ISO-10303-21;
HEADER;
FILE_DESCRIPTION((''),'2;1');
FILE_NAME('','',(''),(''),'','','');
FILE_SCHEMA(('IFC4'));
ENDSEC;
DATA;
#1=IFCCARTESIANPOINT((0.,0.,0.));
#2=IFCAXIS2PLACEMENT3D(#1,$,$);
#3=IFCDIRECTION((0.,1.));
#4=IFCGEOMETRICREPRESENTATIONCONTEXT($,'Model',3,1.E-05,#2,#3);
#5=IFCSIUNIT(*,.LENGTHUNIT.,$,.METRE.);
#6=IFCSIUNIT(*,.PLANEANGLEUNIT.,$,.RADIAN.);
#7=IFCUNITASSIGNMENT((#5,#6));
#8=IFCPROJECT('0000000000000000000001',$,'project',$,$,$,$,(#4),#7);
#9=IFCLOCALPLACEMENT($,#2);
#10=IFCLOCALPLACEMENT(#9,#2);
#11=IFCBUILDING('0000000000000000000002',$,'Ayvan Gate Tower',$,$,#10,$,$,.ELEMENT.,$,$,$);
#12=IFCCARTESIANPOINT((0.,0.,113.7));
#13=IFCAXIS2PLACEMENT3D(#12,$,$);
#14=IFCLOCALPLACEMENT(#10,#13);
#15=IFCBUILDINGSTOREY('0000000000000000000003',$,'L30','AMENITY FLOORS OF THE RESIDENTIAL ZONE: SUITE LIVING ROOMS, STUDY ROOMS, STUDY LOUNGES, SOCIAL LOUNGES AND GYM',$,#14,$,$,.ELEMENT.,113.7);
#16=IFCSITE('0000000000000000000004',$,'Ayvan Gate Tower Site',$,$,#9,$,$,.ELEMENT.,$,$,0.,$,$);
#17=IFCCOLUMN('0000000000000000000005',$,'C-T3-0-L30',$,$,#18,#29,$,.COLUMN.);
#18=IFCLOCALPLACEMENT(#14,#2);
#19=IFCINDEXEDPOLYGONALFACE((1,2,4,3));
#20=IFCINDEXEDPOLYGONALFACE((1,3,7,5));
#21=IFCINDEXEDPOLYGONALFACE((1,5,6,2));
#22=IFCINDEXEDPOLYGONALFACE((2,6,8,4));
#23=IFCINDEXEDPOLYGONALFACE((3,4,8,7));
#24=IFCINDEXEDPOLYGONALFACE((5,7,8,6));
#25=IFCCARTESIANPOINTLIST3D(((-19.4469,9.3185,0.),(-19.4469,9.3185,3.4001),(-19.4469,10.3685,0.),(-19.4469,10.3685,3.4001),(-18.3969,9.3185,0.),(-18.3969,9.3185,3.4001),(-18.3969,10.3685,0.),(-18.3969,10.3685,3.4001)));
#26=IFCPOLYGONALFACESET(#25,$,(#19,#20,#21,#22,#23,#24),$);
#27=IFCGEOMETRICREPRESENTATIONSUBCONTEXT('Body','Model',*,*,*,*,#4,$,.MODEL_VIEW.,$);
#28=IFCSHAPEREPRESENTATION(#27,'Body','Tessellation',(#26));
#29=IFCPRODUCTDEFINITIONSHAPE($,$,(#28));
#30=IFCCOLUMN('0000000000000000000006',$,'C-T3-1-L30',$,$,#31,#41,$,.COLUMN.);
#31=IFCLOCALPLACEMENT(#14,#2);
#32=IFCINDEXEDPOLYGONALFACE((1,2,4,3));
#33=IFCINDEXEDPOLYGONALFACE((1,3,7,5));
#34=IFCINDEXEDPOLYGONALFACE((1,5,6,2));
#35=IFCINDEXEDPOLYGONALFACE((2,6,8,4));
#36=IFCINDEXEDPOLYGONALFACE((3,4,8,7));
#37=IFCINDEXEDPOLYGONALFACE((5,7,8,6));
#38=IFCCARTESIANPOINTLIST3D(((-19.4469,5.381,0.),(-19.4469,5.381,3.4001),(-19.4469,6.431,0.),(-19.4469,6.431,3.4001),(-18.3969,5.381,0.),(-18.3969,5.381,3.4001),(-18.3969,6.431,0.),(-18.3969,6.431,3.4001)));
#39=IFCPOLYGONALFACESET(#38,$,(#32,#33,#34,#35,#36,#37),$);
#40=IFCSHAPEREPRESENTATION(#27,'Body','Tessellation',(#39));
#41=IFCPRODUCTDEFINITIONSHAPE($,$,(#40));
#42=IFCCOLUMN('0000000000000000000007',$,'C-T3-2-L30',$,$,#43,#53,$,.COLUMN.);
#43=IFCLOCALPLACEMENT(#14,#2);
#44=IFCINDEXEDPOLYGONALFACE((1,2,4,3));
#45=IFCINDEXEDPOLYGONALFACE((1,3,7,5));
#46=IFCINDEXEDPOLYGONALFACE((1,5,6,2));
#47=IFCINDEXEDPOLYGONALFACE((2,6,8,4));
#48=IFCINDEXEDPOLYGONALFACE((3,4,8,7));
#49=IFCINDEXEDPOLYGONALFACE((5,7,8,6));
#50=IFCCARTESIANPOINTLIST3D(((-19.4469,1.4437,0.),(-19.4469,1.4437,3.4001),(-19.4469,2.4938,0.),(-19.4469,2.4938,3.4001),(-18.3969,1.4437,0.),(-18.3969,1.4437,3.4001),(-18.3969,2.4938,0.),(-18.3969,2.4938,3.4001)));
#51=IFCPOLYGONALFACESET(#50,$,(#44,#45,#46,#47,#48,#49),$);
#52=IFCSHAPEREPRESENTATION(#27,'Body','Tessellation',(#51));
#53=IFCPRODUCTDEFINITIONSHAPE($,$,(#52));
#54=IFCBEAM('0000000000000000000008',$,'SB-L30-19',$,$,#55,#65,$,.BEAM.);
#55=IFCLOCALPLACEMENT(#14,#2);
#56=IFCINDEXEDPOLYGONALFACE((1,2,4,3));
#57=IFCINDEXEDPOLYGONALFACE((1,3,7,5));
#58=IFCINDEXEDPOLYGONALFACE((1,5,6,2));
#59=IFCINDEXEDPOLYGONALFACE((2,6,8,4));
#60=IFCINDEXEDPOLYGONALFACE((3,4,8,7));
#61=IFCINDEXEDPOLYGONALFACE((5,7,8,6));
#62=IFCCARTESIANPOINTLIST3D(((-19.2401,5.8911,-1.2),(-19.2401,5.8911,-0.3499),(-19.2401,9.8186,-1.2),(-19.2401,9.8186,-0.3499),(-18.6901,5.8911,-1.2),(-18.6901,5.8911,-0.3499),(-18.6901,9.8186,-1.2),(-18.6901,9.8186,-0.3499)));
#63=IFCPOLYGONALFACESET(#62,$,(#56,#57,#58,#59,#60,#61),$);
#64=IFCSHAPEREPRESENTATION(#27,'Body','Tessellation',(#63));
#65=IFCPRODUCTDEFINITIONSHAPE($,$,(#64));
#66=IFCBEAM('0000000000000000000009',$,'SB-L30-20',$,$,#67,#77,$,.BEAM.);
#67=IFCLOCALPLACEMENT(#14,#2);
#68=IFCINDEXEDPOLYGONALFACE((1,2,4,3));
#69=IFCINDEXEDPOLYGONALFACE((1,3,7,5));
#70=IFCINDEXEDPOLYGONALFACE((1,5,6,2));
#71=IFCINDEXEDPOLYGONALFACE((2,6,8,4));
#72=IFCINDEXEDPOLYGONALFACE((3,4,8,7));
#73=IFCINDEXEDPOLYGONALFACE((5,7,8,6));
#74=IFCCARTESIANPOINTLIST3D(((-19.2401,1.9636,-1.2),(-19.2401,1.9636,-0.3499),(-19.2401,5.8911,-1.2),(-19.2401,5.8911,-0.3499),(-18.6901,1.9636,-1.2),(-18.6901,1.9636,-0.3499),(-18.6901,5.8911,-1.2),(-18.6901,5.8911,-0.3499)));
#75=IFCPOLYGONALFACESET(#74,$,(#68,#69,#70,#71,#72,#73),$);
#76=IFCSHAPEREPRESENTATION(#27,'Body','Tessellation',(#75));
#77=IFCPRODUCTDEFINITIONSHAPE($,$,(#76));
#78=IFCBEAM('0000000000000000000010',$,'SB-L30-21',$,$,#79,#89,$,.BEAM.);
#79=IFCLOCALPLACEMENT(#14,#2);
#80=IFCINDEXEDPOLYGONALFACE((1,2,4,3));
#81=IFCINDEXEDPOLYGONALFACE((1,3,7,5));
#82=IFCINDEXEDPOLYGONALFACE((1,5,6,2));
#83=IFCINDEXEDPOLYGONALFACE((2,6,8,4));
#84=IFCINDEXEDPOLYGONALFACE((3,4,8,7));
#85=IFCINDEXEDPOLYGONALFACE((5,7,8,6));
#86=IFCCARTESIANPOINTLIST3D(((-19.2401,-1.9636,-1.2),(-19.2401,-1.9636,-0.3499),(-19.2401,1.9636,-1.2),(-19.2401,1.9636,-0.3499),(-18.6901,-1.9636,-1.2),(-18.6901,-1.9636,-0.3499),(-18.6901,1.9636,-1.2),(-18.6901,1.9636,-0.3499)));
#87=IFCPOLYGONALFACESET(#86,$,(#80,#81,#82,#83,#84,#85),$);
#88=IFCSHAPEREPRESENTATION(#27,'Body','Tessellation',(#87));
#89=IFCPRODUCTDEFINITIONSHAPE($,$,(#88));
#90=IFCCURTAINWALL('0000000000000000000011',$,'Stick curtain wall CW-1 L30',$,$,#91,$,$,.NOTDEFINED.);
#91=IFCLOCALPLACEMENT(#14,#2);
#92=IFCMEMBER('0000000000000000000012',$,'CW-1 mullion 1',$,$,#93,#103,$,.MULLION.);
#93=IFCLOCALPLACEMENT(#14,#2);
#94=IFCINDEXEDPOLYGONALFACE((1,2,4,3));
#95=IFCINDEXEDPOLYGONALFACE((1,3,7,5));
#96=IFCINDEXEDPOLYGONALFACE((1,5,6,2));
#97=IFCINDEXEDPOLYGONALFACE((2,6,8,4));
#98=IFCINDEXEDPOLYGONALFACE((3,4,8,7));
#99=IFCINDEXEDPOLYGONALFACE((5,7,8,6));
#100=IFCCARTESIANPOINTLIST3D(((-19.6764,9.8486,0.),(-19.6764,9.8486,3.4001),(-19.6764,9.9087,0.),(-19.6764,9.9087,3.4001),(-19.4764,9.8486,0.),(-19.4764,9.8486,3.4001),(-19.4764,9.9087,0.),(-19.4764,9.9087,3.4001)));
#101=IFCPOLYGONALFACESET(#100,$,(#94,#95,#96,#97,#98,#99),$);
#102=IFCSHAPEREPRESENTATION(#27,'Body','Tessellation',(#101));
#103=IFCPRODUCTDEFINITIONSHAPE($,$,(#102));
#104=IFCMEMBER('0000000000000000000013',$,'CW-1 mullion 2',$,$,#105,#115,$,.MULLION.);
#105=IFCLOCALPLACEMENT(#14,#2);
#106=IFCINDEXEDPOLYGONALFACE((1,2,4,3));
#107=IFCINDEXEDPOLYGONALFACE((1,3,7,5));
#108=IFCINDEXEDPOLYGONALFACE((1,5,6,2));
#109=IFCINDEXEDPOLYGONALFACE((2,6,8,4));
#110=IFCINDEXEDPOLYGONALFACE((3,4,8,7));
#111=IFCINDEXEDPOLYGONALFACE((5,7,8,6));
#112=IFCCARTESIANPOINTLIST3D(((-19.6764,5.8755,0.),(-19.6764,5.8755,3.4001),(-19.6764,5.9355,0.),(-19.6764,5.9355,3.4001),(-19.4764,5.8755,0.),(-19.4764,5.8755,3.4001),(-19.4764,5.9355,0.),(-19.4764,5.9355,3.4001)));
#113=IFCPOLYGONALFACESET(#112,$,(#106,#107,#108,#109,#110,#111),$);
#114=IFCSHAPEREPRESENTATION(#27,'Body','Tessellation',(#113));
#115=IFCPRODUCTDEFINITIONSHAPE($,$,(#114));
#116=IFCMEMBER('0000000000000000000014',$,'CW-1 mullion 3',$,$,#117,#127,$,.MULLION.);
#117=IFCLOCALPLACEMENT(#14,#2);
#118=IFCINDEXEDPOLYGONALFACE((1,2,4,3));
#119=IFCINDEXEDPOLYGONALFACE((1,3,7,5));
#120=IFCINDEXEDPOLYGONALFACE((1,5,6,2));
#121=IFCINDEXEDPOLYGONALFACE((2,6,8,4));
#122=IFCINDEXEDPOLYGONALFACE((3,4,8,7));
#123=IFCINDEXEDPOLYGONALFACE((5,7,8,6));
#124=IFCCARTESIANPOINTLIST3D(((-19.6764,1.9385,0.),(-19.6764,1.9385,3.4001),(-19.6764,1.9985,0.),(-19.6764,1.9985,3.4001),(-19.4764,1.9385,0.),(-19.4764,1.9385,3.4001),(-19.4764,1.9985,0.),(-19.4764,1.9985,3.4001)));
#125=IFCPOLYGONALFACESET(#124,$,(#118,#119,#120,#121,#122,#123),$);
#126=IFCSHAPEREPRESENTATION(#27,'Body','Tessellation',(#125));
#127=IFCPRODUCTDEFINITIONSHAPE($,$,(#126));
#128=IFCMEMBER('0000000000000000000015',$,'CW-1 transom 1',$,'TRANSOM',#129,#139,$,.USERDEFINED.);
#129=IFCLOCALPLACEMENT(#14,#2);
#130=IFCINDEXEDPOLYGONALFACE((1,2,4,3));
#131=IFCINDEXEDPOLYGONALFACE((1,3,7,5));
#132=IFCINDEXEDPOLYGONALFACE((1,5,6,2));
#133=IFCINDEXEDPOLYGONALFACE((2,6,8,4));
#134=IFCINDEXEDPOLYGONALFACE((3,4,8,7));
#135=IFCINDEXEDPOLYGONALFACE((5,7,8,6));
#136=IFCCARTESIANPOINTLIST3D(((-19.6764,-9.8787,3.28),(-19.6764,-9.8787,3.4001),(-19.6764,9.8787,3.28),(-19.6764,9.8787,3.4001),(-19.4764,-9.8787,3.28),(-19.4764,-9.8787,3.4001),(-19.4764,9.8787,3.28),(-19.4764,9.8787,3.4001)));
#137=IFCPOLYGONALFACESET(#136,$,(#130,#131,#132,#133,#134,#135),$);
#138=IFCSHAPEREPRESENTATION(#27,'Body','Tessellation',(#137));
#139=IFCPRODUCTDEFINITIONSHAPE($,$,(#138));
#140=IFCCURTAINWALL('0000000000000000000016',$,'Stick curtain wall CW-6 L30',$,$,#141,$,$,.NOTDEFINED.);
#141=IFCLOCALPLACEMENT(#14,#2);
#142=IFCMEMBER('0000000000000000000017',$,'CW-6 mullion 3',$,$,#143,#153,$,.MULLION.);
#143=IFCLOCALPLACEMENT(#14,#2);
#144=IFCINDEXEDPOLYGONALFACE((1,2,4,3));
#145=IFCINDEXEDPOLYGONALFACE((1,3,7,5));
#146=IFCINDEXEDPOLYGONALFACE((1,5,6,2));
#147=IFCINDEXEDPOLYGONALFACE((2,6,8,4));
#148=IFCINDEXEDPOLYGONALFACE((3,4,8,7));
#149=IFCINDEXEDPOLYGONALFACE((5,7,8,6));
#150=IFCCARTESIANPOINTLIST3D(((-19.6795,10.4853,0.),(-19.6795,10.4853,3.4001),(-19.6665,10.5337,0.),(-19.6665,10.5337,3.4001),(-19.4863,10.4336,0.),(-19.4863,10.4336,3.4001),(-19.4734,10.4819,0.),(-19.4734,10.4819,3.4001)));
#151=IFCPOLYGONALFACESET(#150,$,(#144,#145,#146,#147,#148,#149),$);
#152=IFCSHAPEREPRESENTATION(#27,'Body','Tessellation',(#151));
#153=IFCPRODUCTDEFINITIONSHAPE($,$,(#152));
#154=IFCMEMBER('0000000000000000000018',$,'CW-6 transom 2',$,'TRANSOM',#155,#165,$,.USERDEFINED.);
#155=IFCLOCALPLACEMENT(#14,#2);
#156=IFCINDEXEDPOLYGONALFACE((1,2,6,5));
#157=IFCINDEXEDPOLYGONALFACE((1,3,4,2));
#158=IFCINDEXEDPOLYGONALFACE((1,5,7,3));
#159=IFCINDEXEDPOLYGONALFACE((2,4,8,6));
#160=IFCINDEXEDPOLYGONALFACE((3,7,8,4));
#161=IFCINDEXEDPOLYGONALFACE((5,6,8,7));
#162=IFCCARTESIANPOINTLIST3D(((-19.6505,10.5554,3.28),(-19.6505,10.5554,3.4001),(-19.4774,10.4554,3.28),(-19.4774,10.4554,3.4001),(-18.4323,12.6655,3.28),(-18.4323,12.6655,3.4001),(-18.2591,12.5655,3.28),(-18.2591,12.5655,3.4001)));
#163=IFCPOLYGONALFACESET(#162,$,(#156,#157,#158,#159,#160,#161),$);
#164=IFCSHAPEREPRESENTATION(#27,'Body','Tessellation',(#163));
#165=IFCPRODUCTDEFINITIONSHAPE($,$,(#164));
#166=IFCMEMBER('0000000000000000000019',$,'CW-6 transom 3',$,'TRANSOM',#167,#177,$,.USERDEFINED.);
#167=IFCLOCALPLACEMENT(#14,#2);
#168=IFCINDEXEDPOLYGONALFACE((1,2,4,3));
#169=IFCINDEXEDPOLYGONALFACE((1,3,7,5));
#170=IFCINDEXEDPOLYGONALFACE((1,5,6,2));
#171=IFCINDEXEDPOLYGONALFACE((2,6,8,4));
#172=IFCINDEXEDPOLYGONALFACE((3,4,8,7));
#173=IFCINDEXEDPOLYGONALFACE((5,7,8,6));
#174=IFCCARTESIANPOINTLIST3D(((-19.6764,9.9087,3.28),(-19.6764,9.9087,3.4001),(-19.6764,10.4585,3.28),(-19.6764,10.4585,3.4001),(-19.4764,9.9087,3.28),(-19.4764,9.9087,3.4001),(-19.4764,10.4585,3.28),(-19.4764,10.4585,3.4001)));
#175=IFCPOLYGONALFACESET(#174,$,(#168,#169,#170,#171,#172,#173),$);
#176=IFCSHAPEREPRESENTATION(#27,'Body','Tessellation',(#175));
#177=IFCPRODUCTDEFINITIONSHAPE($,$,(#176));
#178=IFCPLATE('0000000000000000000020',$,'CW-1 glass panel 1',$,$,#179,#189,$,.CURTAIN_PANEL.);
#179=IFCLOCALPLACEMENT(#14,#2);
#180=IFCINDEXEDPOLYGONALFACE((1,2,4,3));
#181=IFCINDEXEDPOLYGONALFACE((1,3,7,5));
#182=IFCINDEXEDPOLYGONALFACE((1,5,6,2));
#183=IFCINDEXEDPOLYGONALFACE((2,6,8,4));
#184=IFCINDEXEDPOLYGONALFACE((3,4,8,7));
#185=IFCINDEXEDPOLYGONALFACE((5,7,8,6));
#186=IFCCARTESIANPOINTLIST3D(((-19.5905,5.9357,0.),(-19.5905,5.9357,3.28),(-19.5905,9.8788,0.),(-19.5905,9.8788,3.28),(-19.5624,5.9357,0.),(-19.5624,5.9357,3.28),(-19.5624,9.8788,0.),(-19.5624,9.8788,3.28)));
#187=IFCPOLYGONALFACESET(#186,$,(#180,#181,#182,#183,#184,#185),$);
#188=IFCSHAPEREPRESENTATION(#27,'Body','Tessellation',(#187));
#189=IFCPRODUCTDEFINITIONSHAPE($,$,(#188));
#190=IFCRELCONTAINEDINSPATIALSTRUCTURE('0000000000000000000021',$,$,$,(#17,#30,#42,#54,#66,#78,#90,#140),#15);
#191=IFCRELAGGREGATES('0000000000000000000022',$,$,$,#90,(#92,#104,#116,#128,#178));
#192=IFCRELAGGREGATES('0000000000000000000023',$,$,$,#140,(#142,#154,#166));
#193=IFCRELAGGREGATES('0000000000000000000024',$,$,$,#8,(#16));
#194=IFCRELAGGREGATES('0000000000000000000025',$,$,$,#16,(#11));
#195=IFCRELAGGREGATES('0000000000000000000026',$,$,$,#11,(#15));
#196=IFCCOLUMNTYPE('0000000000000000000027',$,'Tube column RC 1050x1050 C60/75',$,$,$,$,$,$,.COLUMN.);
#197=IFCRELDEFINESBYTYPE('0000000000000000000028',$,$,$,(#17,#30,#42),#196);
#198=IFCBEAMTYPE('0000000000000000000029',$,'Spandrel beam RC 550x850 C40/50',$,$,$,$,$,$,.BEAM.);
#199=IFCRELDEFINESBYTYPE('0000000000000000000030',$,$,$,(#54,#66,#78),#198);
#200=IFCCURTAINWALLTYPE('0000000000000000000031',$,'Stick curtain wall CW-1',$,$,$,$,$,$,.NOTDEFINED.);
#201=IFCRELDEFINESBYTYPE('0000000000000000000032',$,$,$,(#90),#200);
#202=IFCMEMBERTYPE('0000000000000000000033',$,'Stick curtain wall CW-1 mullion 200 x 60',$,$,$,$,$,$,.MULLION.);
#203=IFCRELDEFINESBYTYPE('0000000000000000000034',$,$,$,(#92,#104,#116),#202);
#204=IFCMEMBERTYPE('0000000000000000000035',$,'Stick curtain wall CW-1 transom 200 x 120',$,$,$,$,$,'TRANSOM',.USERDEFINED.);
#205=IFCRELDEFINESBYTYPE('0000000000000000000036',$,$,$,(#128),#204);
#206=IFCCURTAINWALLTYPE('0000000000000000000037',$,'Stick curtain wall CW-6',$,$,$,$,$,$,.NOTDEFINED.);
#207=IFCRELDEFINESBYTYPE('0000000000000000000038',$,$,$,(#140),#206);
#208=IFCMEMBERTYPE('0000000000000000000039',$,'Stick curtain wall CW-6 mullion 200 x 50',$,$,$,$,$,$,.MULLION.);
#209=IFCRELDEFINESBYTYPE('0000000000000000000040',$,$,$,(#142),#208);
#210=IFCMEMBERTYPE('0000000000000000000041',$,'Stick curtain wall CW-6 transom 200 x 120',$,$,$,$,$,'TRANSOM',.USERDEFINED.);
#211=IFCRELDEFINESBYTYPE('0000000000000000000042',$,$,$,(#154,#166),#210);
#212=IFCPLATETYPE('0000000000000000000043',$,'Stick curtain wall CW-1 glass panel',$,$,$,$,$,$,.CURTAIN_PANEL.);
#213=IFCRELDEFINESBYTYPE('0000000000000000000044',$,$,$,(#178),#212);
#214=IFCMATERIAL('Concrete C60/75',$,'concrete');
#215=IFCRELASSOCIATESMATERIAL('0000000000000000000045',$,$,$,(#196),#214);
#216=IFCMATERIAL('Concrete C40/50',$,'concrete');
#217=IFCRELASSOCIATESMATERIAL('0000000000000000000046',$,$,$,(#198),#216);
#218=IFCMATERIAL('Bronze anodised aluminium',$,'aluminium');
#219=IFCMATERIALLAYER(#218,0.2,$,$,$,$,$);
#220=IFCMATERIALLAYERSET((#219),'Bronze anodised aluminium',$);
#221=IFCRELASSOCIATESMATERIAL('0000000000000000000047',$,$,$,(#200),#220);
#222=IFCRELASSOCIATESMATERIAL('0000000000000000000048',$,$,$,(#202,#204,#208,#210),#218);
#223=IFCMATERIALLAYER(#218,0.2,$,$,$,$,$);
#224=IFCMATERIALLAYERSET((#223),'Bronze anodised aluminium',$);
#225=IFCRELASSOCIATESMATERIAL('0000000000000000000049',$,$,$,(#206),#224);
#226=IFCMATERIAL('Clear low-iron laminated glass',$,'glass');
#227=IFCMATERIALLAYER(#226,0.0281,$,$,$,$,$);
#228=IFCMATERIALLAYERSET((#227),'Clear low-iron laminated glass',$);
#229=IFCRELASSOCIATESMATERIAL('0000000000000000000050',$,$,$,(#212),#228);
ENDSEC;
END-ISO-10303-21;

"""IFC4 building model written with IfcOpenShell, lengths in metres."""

from ifc_helpers import new_model, si_unit, direction, frame, origin, origin_2d, place, context, subcontext, project, spatial, rectangle, extrude, material, layer, layer_set, material_profile, profile_set, type_object, element, aggregate, save


model = new_model("IFC4")

# Units and contexts
model_context = context("Model", 3, precision=1e-05, world=origin(), true_north=direction((0.0, 1.0)))
body_context = subcontext(model_context, "Body", "Model", "MODEL_VIEW")
ifc_project = project(units=[si_unit("LENGTHUNIT", "METRE"), si_unit("PLANEANGLEUNIT", "RADIAN")], contexts=[model_context])

# Site, building, storey
site_placement = place(None, origin())
site = spatial("IfcSite", under=ifc_project, at=site_placement, Name="Ayvan Gate Tower Site", CompositionType="ELEMENT", RefElevation=0.0)
building_placement = place(site_placement, origin())
building = spatial("IfcBuilding", under=site, at=building_placement, Name="Ayvan Gate Tower", CompositionType="ELEMENT")
storey_placement = place(building_placement, frame((0.0, 0.0, 113.7)))
storey = spatial("IfcBuildingStorey", under=building, at=storey_placement, Name="L30", Description="AMENITY FLOORS OF THE RESIDENTIAL ZONE: SUITE LIVING ROOMS, STUDY ROOMS, STUDY LOUNGES, SOCIAL LOUNGES AND GYM", CompositionType="ELEMENT", Elevation=113.7)

# Columns
ifc_material_1 = material(Name="Concrete C60/75", Category="concrete")
ifc_material_profile_1 = material_profile(ifc_material_1, rectangle(XDim=1.05, YDim=1.05, at=origin_2d()), Name="RC 1050x1050")
ifc_profile_set_1 = profile_set([ifc_material_profile_1], Name="Concrete C60/75")
column_type = type_object("IfcColumnType", Name="Tube column RC 1050x1050 C60/75", PredefinedType="COLUMN", material=ifc_profile_set_1)
for number, where, z_axis, x_axis, name in (
    (1, (-18.9219, 9.8435, 0.0), (0.0, 0.0, 1.0), (-1.0, 0.0, 0.0), "C-T3-0-L30"),
    (2, (-18.9219, 5.906, 0.0), (0.0, 0.0, 1.0), (-1.0, 0.0, 0.0), "C-T3-1-L30"),
    (3, (-18.9219, 1.9688, 0.0), (0.0, 0.0, 1.0), (-1.0, 0.0, 0.0), "C-T3-2-L30"),
):
    element("IfcColumn", number, at=place(storey_placement, frame(where, z_axis=z_axis, x_axis=x_axis)), inside=storey, type_object=column_type, Name=name, PredefinedType="COLUMN", context=body_context, shape_type="SweptSolid", body=[
        extrude(rectangle(XDim=1.05, YDim=1.05, at=origin_2d()), origin(), (0.0, 0.0, 1.0), 3.4001),
    ])

# Beams
ifc_material_2 = material(Name="Concrete C40/50", Category="concrete")
ifc_material_profile_2 = material_profile(ifc_material_2, rectangle(XDim=0.55, YDim=0.8501, at=origin_2d()), Name="RC 550x850")
ifc_profile_set_2 = profile_set([ifc_material_profile_2], Name="Concrete C40/50")
beam_type = type_object("IfcBeamType", Name="Spandrel beam RC 550x850 C40/50", PredefinedType="BEAM", material=ifc_profile_set_2)
for number, where, z_axis, x_axis, name in (
    (4, (-18.9651, 9.8186, -0.7749), (0.0, -1.0, 0.0), (1.0, 0.0, 0.0), "SB-L30-19"),
    (5, (-18.9651, 5.8911, -0.7749), (0.0, -1.0, 0.0), (1.0, 0.0, 0.0), "SB-L30-20"),
):
    element("IfcBeam", number, at=place(storey_placement, frame(where, z_axis=z_axis, x_axis=x_axis)), inside=storey, type_object=beam_type, Name=name, PredefinedType="BEAM", context=body_context, shape_type="SweptSolid", body=[
        extrude(rectangle(XDim=0.55, YDim=0.8501, at=origin_2d()), origin(), (0.0, 0.0, 1.0), 3.9275),
    ])
beam_placement = place(storey_placement, frame((-18.9651, 1.9636, -0.7749), z_axis=(0.0, -1.0, 0.0), x_axis=(1.0, 0.0, 0.0)))
element("IfcBeam", 6, at=beam_placement, inside=storey, type_object=beam_type, Name="SB-L30-21", PredefinedType="BEAM", context=body_context, shape_type="SweptSolid", body=[
    extrude(rectangle(XDim=0.55, YDim=0.8501, at=origin_2d()), origin(), (0.0, 0.0, 1.0), 3.9272),
])

# Curtain walls, members
ifc_material_3 = material(Name="Bronze anodised aluminium", Category="aluminium")
ifc_layer_1 = layer(ifc_material_3, 0.2)
ifc_layer_set_1 = layer_set([ifc_layer_1], Name="Bronze anodised aluminium")
curtain_wall_type_1 = type_object("IfcCurtainWallType", Name="Stick curtain wall CW-1", PredefinedType="NOTDEFINED", material=ifc_layer_set_1)
curtain_wall_1_placement = place(storey_placement, origin())
curtain_wall_1 = element("IfcCurtainWall", 7, at=curtain_wall_1_placement, inside=storey, type_object=curtain_wall_type_1, Name="Stick curtain wall CW-1 L30", PredefinedType="NOTDEFINED")
ifc_material_profile_3 = material_profile(ifc_material_3, rectangle(XDim=0.2, YDim=0.0601, at=origin_2d()), Name="Stick curtain wall CW-1 mullion 200 x 60")
ifc_profile_set_3 = profile_set([ifc_material_profile_3], Name="Bronze anodised aluminium")
member_type_1 = type_object("IfcMemberType", Name="Stick curtain wall CW-1 mullion 200 x 60", PredefinedType="MULLION", material=ifc_profile_set_3)
member_1_placement = place(storey_placement, frame((-19.5764, 9.8787, 0.0), z_axis=(0.0, 0.0, 1.0), x_axis=(-1.0, 0.0, 0.0)))
member_1 = element("IfcMember", 8, at=member_1_placement, type_object=member_type_1, Name="CW-1 mullion 1", PredefinedType="MULLION", context=body_context, shape_type="SweptSolid", body=[
    extrude(rectangle(XDim=0.2, YDim=0.0601, at=origin_2d()), origin(), (0.0, 0.0, 1.0), 3.4001),
])
member_2_placement = place(storey_placement, frame((-19.5764, 5.9055, 0.0), z_axis=(0.0, 0.0, 1.0), x_axis=(-1.0, 0.0, 0.0)))
member_2 = element("IfcMember", 9, at=member_2_placement, type_object=member_type_1, Name="CW-1 mullion 2", PredefinedType="MULLION", context=body_context, shape_type="SweptSolid", body=[
    extrude(rectangle(XDim=0.2, YDim=0.0601, at=origin_2d()), origin(), (0.0, 0.0, 1.0), 3.4001),
])
member_3_placement = place(storey_placement, frame((-19.5764, 1.9685, 0.0), z_axis=(0.0, 0.0, 1.0), x_axis=(-1.0, 0.0, 0.0)))
member_3 = element("IfcMember", 10, at=member_3_placement, type_object=member_type_1, Name="CW-1 mullion 3", PredefinedType="MULLION", context=body_context, shape_type="SweptSolid", body=[
    extrude(rectangle(XDim=0.2, YDim=0.0601, at=origin_2d()), origin(), (0.0, 0.0, 1.0), 3.4001),
])
ifc_material_profile_4 = material_profile(ifc_material_3, rectangle(XDim=0.2, YDim=0.1201, at=origin_2d()), Name="Stick curtain wall CW-1 transom 200 x 120")
ifc_profile_set_4 = profile_set([ifc_material_profile_4], Name="Bronze anodised aluminium")
member_type_2 = type_object("IfcMemberType", Name="Stick curtain wall CW-1 transom 200 x 120", ElementType="TRANSOM", PredefinedType="USERDEFINED", material=ifc_profile_set_4)
member_4_placement = place(storey_placement, frame((-19.5764, 9.8787, 3.3401), z_axis=(0.0, -1.0, 0.0), x_axis=(1.0, 0.0, 0.0)))
member_4 = element("IfcMember", 11, at=member_4_placement, type_object=member_type_2, Name="CW-1 transom 1", ObjectType="TRANSOM", PredefinedType="USERDEFINED", context=body_context, shape_type="SweptSolid", body=[
    extrude(rectangle(XDim=0.2, YDim=0.1201, at=origin_2d()), origin(), (0.0, 0.0, 1.0), 19.7573),
])
ifc_layer_2 = layer(ifc_material_3, 0.2)
ifc_layer_set_2 = layer_set([ifc_layer_2], Name="Bronze anodised aluminium")
curtain_wall_type_2 = type_object("IfcCurtainWallType", Name="Stick curtain wall CW-6", PredefinedType="NOTDEFINED", material=ifc_layer_set_2)
curtain_wall_2_placement = place(storey_placement, origin())
curtain_wall_2 = element("IfcCurtainWall", 12, at=curtain_wall_2_placement, inside=storey, type_object=curtain_wall_type_2, Name="Stick curtain wall CW-6 L30", PredefinedType="NOTDEFINED")
ifc_material_profile_5 = material_profile(ifc_material_3, rectangle(XDim=0.2, YDim=0.05, at=origin_2d()), Name="Stick curtain wall CW-6 mullion 200 x 50")
ifc_profile_set_5 = profile_set([ifc_material_profile_5], Name="Bronze anodised aluminium")
member_type_3 = type_object("IfcMemberType", Name="Stick curtain wall CW-6 mullion 200 x 50", PredefinedType="MULLION", material=ifc_profile_set_5)
member_5_placement = place(storey_placement, frame((-19.5764, 10.4836, 0.0), z_axis=(0.0, 0.0, 1.0), x_axis=(-0.965926, 0.258819, 0.0)))
member_5 = element("IfcMember", 13, at=member_5_placement, type_object=member_type_3, Name="CW-6 mullion 3", PredefinedType="MULLION", context=body_context, shape_type="SweptSolid", body=[
    extrude(rectangle(XDim=0.2, YDim=0.05, at=origin_2d()), origin(), (0.0, 0.0, 1.0), 3.4001),
])
ifc_material_profile_6 = material_profile(ifc_material_3, rectangle(XDim=0.2, YDim=0.1201, at=origin_2d()), Name="Stick curtain wall CW-6 transom 200 x 120")
ifc_profile_set_6 = profile_set([ifc_material_profile_6], Name="Bronze anodised aluminium")
member_type_4 = type_object("IfcMemberType", Name="Stick curtain wall CW-6 transom 200 x 120", ElementType="TRANSOM", PredefinedType="USERDEFINED", material=ifc_profile_set_6)
member_6_placement = place(storey_placement, frame((-18.3457, 12.6155, 3.3401), z_axis=(-0.499997, -0.866027, 0.0), x_axis=(0.866027, -0.499997, 0.0)))
member_6 = element("IfcMember", 14, at=member_6_placement, type_object=member_type_4, Name="CW-6 transom 2", ObjectType="TRANSOM", PredefinedType="USERDEFINED", context=body_context, shape_type="SweptSolid", body=[
    extrude(rectangle(XDim=0.2, YDim=0.1201, at=origin_2d()), origin(), (0.0, 0.0, 1.0), 2.4365),
])
member_7_placement = place(storey_placement, frame((-19.5764, 10.4585, 3.3401), z_axis=(0.0, -1.0, 0.0), x_axis=(1.0, 0.0, 0.0)))
member_7 = element("IfcMember", 15, at=member_7_placement, type_object=member_type_4, Name="CW-6 transom 3", ObjectType="TRANSOM", PredefinedType="USERDEFINED", context=body_context, shape_type="SweptSolid", body=[
    extrude(rectangle(XDim=0.2, YDim=0.1201, at=origin_2d()), origin(), (0.0, 0.0, 1.0), 0.5498),
])

# Plate
ifc_material_4 = material(Name="Clear low-iron laminated glass", Category="glass")
ifc_layer_3 = layer(ifc_material_4, 0.0281)
ifc_layer_set_3 = layer_set([ifc_layer_3], Name="Clear low-iron laminated glass")
plate_type_1 = type_object("IfcPlateType", Name="Stick curtain wall CW-1 glass panel", PredefinedType="CURTAIN_PANEL", material=ifc_layer_set_3)
plate_1_placement = place(storey_placement, frame((-19.5764, 7.9072, 0.0), z_axis=(0.0, 0.0, 1.0), x_axis=(0.0, -1.0, 0.0)))
plate_1 = element("IfcPlate", 16, at=plate_1_placement, type_object=plate_type_1, Name="CW-1 glass panel 1", PredefinedType="CURTAIN_PANEL", context=body_context, shape_type="SweptSolid", body=[
    extrude(rectangle(XDim=3.9431, YDim=0.0281, at=origin_2d()), origin(), (0.0, 0.0, 1.0), 3.28),
])
aggregate(curtain_wall_1, [member_1, member_2, member_3, member_4, plate_1])
aggregate(curtain_wall_2, [member_5, member_6, member_7])

save(model, "model.ifc")
